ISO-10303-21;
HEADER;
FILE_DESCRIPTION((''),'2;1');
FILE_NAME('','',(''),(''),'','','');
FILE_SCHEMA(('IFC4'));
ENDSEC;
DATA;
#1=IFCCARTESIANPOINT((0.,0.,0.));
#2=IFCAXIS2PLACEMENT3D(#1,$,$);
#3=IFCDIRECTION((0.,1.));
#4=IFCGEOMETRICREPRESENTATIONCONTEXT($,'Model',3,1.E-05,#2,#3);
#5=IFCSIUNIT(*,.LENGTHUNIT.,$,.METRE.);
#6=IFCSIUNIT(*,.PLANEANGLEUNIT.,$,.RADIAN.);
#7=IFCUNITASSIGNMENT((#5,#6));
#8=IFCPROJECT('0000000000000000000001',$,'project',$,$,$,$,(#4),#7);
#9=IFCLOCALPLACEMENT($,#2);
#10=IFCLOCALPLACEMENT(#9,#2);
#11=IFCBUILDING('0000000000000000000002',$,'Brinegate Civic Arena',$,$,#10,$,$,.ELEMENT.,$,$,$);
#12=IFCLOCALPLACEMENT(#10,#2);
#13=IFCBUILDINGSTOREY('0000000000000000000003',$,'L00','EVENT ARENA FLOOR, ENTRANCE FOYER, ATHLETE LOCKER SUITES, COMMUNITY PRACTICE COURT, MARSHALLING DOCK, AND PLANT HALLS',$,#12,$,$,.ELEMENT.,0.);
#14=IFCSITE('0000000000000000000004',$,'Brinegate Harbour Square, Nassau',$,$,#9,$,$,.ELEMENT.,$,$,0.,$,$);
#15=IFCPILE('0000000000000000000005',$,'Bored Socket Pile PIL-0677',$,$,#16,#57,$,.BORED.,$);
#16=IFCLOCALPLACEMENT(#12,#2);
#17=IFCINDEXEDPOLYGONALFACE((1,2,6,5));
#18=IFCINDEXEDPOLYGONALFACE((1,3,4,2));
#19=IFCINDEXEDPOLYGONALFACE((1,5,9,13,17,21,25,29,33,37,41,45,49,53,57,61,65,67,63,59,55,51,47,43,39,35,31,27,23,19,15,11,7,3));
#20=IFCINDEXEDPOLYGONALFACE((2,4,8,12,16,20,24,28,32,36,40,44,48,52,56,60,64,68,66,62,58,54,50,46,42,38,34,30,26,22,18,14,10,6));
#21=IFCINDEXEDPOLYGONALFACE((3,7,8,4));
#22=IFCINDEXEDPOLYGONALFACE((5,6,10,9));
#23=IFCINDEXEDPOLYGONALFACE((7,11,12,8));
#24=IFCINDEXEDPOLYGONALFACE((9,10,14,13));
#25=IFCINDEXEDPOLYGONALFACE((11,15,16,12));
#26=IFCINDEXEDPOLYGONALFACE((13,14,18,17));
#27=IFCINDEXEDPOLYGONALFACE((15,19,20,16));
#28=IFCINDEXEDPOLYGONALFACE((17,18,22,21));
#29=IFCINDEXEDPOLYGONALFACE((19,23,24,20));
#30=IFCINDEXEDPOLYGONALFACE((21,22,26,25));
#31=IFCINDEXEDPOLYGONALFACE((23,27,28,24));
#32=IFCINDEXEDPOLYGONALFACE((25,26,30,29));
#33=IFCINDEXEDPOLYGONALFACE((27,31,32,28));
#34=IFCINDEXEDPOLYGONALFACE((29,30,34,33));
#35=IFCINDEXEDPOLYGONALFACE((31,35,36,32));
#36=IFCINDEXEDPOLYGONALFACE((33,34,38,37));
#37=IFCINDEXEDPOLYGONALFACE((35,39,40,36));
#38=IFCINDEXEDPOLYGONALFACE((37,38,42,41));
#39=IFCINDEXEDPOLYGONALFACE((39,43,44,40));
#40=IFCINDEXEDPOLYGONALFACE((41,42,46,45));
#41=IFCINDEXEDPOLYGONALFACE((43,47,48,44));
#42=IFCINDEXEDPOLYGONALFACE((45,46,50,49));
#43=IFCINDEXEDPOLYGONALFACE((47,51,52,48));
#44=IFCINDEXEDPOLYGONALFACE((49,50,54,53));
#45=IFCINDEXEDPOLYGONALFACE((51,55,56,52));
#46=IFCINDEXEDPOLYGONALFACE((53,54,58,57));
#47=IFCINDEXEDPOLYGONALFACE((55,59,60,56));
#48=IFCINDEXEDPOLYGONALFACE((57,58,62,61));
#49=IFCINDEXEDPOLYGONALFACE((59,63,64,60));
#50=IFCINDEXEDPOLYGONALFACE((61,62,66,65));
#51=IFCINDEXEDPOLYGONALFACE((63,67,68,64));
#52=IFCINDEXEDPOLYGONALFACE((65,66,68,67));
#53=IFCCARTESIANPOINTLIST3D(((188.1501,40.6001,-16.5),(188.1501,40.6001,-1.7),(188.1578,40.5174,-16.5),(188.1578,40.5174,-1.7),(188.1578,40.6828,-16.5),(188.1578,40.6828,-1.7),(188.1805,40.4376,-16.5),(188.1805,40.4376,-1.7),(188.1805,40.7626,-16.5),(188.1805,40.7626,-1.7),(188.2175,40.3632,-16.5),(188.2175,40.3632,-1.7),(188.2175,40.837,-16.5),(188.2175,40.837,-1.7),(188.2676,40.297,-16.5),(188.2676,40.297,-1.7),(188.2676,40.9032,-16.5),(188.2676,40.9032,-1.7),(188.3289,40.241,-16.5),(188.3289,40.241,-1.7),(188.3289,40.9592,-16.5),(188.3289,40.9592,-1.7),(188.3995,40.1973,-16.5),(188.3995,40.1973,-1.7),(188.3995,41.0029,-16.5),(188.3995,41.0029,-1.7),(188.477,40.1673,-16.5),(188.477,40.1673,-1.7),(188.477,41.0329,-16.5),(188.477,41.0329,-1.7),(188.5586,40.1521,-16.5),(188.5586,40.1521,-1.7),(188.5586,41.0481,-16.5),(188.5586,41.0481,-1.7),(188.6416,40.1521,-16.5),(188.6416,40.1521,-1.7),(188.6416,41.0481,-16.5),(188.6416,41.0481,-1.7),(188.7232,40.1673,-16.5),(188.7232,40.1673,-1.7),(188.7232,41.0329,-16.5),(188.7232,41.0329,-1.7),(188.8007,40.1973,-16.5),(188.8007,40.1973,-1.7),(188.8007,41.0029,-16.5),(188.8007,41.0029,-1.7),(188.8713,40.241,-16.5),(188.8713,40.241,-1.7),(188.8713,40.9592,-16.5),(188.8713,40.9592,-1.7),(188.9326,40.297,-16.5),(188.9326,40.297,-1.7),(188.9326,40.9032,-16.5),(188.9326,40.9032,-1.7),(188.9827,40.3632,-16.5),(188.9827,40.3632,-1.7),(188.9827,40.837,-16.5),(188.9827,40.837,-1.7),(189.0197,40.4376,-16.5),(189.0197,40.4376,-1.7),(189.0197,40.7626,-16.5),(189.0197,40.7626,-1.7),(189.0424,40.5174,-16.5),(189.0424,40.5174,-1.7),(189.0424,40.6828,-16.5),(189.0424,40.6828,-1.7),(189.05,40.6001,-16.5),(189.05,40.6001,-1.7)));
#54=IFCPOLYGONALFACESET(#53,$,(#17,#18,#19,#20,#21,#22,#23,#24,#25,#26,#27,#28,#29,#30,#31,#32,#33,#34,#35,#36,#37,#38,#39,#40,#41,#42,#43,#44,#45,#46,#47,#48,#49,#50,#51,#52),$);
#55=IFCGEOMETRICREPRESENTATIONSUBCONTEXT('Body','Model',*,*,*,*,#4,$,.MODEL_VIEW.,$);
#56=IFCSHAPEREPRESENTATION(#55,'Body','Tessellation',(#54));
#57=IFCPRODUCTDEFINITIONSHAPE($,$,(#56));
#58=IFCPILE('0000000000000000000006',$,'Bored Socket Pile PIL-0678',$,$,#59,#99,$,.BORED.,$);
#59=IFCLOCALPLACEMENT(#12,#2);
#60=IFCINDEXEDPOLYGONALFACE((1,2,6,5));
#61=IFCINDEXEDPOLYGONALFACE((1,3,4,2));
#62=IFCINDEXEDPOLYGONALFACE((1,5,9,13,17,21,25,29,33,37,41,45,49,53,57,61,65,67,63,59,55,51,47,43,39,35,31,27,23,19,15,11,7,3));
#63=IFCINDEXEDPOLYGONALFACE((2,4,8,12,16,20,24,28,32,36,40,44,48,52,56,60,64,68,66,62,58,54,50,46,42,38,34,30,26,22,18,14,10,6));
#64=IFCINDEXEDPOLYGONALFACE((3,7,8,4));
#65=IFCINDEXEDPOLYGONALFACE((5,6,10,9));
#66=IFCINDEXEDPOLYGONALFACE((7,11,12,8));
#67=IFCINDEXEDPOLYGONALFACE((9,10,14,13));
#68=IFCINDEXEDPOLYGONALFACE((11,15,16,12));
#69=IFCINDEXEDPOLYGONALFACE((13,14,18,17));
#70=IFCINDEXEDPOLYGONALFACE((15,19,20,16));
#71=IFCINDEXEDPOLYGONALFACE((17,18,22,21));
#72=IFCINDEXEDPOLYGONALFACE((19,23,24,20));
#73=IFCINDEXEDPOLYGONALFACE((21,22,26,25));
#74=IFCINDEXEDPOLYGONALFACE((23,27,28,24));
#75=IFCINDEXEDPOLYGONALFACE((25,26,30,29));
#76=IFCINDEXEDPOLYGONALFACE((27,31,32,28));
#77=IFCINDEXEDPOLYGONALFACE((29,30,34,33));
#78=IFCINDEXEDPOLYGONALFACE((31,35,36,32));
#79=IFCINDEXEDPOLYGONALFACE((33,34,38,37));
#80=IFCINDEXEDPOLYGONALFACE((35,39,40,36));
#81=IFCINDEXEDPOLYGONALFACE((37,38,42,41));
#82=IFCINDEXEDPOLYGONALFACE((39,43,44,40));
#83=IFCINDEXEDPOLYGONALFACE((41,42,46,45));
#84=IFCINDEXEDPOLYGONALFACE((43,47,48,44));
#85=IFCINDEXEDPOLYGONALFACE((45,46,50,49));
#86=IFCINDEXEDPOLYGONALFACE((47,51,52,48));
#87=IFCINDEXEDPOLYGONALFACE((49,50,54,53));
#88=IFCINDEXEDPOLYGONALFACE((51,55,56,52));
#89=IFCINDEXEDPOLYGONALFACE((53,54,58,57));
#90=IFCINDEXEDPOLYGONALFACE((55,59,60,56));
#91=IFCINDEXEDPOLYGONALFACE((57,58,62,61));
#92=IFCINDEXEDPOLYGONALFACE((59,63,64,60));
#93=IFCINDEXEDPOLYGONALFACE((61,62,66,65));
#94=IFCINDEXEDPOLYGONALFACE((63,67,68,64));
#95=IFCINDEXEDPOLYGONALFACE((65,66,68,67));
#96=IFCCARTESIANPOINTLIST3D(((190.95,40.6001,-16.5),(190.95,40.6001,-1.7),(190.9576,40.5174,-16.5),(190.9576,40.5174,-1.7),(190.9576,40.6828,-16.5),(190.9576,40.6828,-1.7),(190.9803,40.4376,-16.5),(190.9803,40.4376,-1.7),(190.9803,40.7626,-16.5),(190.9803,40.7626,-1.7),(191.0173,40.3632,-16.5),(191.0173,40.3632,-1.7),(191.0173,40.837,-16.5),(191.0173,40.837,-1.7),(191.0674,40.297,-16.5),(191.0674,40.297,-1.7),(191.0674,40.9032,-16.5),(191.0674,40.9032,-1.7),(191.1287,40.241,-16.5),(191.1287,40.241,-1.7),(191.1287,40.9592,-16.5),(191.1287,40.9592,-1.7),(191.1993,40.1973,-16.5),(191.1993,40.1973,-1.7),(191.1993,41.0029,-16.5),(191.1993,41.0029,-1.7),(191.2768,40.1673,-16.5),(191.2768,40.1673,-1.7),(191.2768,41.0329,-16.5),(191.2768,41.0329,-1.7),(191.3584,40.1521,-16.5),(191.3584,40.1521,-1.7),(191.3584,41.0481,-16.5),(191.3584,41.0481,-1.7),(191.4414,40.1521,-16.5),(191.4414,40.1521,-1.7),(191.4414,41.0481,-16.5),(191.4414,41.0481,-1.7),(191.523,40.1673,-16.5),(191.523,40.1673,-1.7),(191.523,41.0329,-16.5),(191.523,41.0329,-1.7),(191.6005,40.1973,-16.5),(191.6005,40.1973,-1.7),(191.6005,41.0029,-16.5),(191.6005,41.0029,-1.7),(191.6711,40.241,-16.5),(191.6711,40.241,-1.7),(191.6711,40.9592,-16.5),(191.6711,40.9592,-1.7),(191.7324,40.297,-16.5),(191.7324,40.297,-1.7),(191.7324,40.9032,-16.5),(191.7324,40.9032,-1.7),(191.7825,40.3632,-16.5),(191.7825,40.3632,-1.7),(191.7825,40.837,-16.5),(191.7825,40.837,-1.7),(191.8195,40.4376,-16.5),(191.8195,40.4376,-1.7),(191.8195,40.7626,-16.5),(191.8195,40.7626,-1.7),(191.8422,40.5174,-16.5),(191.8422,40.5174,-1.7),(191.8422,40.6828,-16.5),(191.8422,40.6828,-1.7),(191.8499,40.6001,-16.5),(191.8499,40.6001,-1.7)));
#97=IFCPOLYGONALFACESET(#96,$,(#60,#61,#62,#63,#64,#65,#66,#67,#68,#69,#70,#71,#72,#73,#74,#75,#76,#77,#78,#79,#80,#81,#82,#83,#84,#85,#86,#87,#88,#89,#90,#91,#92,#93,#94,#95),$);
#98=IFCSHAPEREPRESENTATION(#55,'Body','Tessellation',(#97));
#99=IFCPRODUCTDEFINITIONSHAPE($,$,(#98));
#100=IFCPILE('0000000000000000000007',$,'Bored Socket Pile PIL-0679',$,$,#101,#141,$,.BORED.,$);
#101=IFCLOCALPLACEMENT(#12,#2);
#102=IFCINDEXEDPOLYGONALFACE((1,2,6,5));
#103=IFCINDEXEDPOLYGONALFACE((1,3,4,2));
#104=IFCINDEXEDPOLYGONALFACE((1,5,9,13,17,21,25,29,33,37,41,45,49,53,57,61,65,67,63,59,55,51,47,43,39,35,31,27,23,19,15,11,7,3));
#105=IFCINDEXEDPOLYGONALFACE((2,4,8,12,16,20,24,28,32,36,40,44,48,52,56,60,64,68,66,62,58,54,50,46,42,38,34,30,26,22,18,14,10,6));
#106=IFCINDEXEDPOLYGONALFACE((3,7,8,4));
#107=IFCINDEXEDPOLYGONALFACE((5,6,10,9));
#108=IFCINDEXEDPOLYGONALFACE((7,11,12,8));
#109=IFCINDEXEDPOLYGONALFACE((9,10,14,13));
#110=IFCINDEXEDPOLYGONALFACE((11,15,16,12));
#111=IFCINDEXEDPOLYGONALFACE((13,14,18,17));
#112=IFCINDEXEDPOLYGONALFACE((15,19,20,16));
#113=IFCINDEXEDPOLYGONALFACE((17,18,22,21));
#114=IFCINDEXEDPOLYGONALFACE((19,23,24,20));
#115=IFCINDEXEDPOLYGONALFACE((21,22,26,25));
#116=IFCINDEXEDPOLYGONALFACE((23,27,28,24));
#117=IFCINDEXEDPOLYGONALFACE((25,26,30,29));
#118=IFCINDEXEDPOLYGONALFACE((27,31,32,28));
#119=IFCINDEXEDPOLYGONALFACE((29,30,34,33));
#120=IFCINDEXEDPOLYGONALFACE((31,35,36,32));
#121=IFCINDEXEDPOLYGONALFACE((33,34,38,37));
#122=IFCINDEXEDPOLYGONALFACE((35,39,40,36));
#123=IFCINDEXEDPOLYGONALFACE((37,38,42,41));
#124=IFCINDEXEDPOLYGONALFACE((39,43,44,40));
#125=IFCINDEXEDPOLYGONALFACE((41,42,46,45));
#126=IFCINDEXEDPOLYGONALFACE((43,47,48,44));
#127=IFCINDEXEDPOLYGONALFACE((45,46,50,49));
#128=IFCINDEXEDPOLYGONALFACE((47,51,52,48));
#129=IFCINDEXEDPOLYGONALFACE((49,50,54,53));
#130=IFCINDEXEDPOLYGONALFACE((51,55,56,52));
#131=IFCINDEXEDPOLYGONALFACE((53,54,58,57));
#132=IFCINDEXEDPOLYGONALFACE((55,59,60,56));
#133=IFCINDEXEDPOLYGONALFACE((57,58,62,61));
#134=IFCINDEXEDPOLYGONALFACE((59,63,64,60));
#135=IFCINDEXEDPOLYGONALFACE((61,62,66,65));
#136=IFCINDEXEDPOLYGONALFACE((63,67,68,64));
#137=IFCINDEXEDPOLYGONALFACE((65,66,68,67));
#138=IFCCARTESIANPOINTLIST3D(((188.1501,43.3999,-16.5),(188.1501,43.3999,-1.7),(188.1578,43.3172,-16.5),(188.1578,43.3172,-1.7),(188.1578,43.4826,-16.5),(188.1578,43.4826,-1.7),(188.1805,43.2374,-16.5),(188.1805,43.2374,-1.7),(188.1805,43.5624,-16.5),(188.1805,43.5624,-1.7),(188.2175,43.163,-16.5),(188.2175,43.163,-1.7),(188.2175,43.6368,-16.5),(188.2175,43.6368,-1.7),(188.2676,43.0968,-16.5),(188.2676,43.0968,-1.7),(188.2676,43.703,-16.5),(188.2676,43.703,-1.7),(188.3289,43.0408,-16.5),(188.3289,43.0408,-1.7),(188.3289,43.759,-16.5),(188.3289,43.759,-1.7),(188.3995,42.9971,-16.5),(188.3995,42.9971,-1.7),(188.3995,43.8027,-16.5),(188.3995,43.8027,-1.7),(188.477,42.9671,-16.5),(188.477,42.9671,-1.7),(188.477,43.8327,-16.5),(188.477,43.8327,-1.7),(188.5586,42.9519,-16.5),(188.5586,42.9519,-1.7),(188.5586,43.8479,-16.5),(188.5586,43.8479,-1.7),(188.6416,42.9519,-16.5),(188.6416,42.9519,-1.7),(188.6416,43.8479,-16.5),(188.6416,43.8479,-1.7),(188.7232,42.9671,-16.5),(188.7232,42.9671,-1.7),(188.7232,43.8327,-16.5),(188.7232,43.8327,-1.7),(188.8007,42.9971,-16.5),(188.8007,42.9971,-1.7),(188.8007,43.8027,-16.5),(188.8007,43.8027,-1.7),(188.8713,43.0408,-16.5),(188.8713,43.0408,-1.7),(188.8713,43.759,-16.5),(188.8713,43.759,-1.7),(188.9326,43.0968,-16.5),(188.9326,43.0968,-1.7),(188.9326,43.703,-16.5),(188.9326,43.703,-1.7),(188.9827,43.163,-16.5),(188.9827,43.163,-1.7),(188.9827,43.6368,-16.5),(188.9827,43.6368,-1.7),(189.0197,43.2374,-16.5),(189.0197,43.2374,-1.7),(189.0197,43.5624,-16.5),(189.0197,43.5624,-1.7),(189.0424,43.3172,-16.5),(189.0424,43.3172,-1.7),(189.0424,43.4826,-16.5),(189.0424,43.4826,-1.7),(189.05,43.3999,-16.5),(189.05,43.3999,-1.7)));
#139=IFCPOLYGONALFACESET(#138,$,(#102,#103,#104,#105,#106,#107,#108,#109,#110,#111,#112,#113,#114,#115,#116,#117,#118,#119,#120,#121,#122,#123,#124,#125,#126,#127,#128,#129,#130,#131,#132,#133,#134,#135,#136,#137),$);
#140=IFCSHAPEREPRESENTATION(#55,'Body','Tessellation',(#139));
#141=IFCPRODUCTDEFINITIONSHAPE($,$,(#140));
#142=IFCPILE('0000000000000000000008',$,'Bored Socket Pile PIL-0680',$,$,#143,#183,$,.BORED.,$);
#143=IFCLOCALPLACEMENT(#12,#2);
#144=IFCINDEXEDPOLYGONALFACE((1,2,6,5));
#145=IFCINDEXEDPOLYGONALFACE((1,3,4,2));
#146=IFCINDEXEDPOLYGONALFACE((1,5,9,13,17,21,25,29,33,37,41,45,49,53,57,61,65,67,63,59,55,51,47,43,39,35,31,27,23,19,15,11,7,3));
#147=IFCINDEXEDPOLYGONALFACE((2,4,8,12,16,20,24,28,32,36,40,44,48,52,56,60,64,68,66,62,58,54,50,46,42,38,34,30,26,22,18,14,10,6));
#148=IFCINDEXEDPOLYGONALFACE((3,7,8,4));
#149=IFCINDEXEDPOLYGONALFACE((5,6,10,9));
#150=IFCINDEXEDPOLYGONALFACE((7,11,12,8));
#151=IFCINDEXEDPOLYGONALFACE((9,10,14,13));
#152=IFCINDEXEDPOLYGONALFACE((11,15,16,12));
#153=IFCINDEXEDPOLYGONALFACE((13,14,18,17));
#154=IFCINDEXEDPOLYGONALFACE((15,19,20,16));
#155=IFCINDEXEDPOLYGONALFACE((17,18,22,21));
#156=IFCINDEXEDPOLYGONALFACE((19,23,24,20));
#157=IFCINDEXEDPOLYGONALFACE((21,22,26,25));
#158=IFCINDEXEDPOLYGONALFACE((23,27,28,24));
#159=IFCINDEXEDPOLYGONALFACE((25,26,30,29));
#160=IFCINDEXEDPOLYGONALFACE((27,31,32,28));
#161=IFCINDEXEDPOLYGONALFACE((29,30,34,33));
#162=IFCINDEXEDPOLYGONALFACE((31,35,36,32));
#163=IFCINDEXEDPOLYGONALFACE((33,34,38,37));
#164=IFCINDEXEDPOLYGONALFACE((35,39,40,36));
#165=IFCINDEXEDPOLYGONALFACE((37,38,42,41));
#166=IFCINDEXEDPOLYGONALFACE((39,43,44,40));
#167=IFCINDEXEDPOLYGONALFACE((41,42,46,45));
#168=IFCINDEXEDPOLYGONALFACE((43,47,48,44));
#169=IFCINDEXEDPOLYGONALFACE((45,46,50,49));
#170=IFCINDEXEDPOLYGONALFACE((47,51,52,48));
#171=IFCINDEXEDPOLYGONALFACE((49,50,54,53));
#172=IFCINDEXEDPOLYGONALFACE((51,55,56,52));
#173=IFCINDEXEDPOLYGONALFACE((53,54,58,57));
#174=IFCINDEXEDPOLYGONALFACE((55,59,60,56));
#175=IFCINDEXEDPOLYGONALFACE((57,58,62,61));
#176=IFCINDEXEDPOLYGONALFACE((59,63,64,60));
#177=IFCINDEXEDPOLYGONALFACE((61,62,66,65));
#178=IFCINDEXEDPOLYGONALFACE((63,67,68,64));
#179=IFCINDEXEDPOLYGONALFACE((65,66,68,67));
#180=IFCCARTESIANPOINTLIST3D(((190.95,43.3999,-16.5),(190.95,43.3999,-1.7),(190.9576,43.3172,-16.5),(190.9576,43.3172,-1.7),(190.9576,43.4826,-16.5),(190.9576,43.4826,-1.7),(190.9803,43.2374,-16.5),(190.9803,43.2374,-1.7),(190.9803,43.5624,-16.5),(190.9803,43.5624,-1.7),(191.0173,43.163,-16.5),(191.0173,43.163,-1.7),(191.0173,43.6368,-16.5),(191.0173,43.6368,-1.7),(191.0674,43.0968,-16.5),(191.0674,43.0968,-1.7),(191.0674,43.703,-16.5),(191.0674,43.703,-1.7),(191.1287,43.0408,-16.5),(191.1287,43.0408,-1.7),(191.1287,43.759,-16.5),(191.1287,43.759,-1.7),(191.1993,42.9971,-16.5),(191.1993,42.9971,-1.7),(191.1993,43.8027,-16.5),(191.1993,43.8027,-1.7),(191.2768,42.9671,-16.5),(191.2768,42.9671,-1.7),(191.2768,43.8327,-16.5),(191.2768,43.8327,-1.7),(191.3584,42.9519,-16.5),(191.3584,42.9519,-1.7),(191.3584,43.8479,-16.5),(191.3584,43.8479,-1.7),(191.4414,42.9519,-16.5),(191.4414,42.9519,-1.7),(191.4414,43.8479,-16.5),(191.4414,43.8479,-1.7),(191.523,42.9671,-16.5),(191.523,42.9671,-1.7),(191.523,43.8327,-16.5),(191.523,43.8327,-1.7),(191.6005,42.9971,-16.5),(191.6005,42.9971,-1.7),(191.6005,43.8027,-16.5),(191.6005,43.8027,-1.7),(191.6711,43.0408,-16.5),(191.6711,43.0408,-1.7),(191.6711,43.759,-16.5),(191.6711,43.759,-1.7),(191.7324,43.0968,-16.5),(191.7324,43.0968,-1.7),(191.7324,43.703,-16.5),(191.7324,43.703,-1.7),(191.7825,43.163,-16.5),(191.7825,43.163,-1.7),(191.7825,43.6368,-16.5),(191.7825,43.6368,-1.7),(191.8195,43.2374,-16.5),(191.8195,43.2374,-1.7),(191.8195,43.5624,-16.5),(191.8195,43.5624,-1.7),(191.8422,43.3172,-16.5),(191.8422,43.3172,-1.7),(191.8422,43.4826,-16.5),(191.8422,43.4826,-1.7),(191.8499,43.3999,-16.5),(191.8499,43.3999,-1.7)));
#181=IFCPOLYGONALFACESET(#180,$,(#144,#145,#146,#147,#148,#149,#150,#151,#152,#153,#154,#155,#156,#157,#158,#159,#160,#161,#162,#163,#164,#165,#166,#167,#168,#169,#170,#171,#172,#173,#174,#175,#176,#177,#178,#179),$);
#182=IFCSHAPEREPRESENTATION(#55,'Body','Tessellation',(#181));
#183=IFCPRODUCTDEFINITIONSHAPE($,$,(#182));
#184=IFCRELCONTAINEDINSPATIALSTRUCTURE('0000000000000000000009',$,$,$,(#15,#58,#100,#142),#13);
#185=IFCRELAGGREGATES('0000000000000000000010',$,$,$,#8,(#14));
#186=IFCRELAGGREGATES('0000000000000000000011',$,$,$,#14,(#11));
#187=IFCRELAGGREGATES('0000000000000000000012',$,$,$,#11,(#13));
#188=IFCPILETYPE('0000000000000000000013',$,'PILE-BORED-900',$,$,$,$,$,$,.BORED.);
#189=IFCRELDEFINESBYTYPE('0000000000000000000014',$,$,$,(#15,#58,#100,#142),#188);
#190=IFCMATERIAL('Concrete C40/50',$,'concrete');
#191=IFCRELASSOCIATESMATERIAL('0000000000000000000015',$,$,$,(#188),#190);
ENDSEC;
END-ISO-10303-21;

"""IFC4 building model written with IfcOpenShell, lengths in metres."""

from ifc_helpers import new_model, si_unit, direction, frame, origin, origin_2d, place, context, subcontext, project, spatial, circle, extrude, material, material_profile, profile_set, type_object, element, save


model = new_model("IFC4")

# Units and contexts
model_context = context("Model", 3, precision=1e-05, world=origin(), true_north=direction((0.0, 1.0)))
body_context = subcontext(model_context, "Body", "Model", "MODEL_VIEW")
ifc_project = project(units=[si_unit("LENGTHUNIT", "METRE"), si_unit("PLANEANGLEUNIT", "RADIAN")], contexts=[model_context])

# Site, building, storey
site_placement = place(None, origin())
site = spatial("IfcSite", under=ifc_project, at=site_placement, Name="Brinegate Harbour Square, Nassau", CompositionType="ELEMENT", RefElevation=0.0)
building_placement = place(site_placement, origin())
building = spatial("IfcBuilding", under=site, at=building_placement, Name="Brinegate Civic Arena", CompositionType="ELEMENT")
storey_placement = place(building_placement, origin())
storey = spatial("IfcBuildingStorey", under=building, at=storey_placement, Name="L00", Description="EVENT ARENA FLOOR, ENTRANCE FOYER, ATHLETE LOCKER SUITES, COMMUNITY PRACTICE COURT, MARSHALLING DOCK, AND PLANT HALLS", CompositionType="ELEMENT", Elevation=0.0)

# Shared definitions
ifc_material_1 = material(Name="Concrete C40/50", Category="concrete")

# Piles
ifc_material_profile_1 = material_profile(ifc_material_1, circle(Radius=0.45, at=origin_2d()), Name="PILED900")
ifc_profile_set_1 = profile_set([ifc_material_profile_1], Name="Concrete C40/50")
pile_type = type_object("IfcPileType", Name="PILE-BORED-900", PredefinedType="BORED", material=ifc_profile_set_1)
for number, where, z_axis, x_axis, name in (
    (1, (188.6001, 40.6001, -1.7), (0.0, 0.0, -1.0), (1.0, 0.0, 0.0), "Bored Socket Pile PIL-0677"),
    (2, (191.3999, 40.6001, -1.7), (0.0, 0.0, -1.0), (1.0, 0.0, 0.0), "Bored Socket Pile PIL-0678"),
    (3, (188.6001, 43.3999, -1.7), (0.0, 0.0, -1.0), (1.0, 0.0, 0.0), "Bored Socket Pile PIL-0679"),
    (4, (191.3999, 43.3999, -1.7), (0.0, 0.0, -1.0), (1.0, 0.0, 0.0), "Bored Socket Pile PIL-0680"),
):
    element("IfcPile", number, at=place(storey_placement, frame(where, z_axis=z_axis, x_axis=x_axis)), inside=storey, type_object=pile_type, Name=name, PredefinedType="BORED", context=body_context, shape_type="SweptSolid", body=[
        extrude(circle(Radius=0.45, at=origin_2d()), origin(), (0.0, 0.0, 1.0), 14.8),
    ])

save(model, "model.ifc")
